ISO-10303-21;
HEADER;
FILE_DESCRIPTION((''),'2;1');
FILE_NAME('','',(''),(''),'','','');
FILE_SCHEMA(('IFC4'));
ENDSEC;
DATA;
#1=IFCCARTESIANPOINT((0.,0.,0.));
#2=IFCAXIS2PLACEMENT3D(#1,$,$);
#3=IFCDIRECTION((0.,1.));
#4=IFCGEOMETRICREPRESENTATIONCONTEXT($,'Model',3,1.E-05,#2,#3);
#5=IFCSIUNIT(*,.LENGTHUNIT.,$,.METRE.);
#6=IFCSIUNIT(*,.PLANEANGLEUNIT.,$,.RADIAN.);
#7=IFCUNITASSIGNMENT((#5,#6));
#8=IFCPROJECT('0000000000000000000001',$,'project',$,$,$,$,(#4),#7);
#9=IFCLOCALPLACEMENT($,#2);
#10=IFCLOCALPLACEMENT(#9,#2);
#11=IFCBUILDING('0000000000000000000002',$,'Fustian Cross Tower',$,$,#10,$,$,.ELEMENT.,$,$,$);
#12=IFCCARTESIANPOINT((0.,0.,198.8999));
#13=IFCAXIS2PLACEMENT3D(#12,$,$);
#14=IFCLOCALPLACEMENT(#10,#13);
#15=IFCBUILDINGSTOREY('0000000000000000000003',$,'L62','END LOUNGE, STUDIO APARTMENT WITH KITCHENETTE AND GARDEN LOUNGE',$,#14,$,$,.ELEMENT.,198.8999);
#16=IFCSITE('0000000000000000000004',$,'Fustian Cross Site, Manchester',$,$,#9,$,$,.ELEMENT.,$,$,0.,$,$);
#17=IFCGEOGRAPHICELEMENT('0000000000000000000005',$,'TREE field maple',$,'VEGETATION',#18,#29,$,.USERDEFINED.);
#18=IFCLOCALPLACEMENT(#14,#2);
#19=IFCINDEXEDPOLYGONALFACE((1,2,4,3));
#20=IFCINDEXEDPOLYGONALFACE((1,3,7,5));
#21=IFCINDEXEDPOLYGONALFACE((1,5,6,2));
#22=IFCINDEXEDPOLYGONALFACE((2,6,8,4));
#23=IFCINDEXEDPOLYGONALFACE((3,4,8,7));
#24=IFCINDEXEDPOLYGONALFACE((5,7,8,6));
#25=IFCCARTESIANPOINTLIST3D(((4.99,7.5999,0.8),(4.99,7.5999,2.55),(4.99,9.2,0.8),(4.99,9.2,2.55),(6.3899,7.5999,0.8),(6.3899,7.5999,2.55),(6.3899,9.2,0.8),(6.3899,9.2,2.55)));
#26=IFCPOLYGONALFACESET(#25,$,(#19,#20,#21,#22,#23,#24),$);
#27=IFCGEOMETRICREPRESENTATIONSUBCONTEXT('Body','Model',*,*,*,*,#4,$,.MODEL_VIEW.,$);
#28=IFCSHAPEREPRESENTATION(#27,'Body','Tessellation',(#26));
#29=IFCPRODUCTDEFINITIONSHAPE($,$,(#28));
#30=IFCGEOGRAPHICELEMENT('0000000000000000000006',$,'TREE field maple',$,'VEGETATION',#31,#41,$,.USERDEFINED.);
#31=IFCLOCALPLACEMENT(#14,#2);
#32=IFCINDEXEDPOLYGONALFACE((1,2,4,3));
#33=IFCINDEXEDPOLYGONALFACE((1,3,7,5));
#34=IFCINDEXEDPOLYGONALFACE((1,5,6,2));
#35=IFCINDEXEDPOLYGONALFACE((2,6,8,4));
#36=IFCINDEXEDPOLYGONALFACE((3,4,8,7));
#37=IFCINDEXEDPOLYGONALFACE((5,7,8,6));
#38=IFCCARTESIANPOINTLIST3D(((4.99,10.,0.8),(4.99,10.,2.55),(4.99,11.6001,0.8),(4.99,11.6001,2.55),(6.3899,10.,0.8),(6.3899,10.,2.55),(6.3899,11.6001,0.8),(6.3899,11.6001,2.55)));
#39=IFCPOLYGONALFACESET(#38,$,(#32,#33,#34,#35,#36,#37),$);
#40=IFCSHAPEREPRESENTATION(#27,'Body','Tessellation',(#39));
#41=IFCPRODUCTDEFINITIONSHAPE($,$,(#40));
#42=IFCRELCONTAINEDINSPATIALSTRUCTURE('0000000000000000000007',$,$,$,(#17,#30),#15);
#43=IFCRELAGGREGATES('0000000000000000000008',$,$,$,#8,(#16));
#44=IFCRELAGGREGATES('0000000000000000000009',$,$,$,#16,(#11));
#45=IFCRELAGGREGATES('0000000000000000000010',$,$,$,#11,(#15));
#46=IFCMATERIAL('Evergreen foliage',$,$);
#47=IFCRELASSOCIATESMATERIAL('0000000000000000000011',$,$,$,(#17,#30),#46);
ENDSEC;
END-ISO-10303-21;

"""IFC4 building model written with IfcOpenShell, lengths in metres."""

from ifc_helpers import new_model, si_unit, direction, frame, origin, origin_2d, place, context, subcontext, project, spatial, rectangle, extrude, material, element, save


model = new_model("IFC4")

# Units and contexts
model_context = context("Model", 3, precision=1e-05, world=origin(), true_north=direction((0.0, 1.0)))
body_context = subcontext(model_context, "Body", "Model", "MODEL_VIEW")
ifc_project = project(units=[si_unit("LENGTHUNIT", "METRE"), si_unit("PLANEANGLEUNIT", "RADIAN")], contexts=[model_context])

# Site, building, storey
site_placement = place(None, origin())
site = spatial("IfcSite", under=ifc_project, at=site_placement, Name="Fustian Cross Site, Manchester", CompositionType="ELEMENT", RefElevation=0.0)
building_placement = place(site_placement, origin())
building = spatial("IfcBuilding", under=site, at=building_placement, Name="Fustian Cross Tower", CompositionType="ELEMENT")
storey_placement = place(building_placement, frame((0.0, 0.0, 198.8999)))
storey = spatial("IfcBuildingStorey", under=building, at=storey_placement, Name="L62", Description="END LOUNGE, STUDIO APARTMENT WITH KITCHENETTE AND GARDEN LOUNGE", CompositionType="ELEMENT", Elevation=198.8999)

# Geographic elements
ifc_material_1 = material(Name="Evergreen foliage")
for number, where, z_axis, x_axis, name in (
    (1, (5.6899, 8.3999, 0.8), (0.0, 0.0, 1.0), (1.0, 0.0, 0.0), "TREE field maple"),
    (2, (5.6899, 10.8, 0.8), (0.0, 0.0, 1.0), (1.0, 0.0, 0.0), "TREE field maple"),
):
    element("IfcGeographicElement", number, at=place(storey_placement, frame(where, z_axis=z_axis, x_axis=x_axis)), inside=storey, material=ifc_material_1, Name=name, ObjectType="VEGETATION", PredefinedType="USERDEFINED", context=body_context, shape_type="SweptSolid", body=[
        extrude(rectangle(XDim=1.3999, YDim=1.6001, at=origin_2d()), origin(), (0.0, 0.0, 1.0), 1.75),
    ])

save(model, "model.ifc")
